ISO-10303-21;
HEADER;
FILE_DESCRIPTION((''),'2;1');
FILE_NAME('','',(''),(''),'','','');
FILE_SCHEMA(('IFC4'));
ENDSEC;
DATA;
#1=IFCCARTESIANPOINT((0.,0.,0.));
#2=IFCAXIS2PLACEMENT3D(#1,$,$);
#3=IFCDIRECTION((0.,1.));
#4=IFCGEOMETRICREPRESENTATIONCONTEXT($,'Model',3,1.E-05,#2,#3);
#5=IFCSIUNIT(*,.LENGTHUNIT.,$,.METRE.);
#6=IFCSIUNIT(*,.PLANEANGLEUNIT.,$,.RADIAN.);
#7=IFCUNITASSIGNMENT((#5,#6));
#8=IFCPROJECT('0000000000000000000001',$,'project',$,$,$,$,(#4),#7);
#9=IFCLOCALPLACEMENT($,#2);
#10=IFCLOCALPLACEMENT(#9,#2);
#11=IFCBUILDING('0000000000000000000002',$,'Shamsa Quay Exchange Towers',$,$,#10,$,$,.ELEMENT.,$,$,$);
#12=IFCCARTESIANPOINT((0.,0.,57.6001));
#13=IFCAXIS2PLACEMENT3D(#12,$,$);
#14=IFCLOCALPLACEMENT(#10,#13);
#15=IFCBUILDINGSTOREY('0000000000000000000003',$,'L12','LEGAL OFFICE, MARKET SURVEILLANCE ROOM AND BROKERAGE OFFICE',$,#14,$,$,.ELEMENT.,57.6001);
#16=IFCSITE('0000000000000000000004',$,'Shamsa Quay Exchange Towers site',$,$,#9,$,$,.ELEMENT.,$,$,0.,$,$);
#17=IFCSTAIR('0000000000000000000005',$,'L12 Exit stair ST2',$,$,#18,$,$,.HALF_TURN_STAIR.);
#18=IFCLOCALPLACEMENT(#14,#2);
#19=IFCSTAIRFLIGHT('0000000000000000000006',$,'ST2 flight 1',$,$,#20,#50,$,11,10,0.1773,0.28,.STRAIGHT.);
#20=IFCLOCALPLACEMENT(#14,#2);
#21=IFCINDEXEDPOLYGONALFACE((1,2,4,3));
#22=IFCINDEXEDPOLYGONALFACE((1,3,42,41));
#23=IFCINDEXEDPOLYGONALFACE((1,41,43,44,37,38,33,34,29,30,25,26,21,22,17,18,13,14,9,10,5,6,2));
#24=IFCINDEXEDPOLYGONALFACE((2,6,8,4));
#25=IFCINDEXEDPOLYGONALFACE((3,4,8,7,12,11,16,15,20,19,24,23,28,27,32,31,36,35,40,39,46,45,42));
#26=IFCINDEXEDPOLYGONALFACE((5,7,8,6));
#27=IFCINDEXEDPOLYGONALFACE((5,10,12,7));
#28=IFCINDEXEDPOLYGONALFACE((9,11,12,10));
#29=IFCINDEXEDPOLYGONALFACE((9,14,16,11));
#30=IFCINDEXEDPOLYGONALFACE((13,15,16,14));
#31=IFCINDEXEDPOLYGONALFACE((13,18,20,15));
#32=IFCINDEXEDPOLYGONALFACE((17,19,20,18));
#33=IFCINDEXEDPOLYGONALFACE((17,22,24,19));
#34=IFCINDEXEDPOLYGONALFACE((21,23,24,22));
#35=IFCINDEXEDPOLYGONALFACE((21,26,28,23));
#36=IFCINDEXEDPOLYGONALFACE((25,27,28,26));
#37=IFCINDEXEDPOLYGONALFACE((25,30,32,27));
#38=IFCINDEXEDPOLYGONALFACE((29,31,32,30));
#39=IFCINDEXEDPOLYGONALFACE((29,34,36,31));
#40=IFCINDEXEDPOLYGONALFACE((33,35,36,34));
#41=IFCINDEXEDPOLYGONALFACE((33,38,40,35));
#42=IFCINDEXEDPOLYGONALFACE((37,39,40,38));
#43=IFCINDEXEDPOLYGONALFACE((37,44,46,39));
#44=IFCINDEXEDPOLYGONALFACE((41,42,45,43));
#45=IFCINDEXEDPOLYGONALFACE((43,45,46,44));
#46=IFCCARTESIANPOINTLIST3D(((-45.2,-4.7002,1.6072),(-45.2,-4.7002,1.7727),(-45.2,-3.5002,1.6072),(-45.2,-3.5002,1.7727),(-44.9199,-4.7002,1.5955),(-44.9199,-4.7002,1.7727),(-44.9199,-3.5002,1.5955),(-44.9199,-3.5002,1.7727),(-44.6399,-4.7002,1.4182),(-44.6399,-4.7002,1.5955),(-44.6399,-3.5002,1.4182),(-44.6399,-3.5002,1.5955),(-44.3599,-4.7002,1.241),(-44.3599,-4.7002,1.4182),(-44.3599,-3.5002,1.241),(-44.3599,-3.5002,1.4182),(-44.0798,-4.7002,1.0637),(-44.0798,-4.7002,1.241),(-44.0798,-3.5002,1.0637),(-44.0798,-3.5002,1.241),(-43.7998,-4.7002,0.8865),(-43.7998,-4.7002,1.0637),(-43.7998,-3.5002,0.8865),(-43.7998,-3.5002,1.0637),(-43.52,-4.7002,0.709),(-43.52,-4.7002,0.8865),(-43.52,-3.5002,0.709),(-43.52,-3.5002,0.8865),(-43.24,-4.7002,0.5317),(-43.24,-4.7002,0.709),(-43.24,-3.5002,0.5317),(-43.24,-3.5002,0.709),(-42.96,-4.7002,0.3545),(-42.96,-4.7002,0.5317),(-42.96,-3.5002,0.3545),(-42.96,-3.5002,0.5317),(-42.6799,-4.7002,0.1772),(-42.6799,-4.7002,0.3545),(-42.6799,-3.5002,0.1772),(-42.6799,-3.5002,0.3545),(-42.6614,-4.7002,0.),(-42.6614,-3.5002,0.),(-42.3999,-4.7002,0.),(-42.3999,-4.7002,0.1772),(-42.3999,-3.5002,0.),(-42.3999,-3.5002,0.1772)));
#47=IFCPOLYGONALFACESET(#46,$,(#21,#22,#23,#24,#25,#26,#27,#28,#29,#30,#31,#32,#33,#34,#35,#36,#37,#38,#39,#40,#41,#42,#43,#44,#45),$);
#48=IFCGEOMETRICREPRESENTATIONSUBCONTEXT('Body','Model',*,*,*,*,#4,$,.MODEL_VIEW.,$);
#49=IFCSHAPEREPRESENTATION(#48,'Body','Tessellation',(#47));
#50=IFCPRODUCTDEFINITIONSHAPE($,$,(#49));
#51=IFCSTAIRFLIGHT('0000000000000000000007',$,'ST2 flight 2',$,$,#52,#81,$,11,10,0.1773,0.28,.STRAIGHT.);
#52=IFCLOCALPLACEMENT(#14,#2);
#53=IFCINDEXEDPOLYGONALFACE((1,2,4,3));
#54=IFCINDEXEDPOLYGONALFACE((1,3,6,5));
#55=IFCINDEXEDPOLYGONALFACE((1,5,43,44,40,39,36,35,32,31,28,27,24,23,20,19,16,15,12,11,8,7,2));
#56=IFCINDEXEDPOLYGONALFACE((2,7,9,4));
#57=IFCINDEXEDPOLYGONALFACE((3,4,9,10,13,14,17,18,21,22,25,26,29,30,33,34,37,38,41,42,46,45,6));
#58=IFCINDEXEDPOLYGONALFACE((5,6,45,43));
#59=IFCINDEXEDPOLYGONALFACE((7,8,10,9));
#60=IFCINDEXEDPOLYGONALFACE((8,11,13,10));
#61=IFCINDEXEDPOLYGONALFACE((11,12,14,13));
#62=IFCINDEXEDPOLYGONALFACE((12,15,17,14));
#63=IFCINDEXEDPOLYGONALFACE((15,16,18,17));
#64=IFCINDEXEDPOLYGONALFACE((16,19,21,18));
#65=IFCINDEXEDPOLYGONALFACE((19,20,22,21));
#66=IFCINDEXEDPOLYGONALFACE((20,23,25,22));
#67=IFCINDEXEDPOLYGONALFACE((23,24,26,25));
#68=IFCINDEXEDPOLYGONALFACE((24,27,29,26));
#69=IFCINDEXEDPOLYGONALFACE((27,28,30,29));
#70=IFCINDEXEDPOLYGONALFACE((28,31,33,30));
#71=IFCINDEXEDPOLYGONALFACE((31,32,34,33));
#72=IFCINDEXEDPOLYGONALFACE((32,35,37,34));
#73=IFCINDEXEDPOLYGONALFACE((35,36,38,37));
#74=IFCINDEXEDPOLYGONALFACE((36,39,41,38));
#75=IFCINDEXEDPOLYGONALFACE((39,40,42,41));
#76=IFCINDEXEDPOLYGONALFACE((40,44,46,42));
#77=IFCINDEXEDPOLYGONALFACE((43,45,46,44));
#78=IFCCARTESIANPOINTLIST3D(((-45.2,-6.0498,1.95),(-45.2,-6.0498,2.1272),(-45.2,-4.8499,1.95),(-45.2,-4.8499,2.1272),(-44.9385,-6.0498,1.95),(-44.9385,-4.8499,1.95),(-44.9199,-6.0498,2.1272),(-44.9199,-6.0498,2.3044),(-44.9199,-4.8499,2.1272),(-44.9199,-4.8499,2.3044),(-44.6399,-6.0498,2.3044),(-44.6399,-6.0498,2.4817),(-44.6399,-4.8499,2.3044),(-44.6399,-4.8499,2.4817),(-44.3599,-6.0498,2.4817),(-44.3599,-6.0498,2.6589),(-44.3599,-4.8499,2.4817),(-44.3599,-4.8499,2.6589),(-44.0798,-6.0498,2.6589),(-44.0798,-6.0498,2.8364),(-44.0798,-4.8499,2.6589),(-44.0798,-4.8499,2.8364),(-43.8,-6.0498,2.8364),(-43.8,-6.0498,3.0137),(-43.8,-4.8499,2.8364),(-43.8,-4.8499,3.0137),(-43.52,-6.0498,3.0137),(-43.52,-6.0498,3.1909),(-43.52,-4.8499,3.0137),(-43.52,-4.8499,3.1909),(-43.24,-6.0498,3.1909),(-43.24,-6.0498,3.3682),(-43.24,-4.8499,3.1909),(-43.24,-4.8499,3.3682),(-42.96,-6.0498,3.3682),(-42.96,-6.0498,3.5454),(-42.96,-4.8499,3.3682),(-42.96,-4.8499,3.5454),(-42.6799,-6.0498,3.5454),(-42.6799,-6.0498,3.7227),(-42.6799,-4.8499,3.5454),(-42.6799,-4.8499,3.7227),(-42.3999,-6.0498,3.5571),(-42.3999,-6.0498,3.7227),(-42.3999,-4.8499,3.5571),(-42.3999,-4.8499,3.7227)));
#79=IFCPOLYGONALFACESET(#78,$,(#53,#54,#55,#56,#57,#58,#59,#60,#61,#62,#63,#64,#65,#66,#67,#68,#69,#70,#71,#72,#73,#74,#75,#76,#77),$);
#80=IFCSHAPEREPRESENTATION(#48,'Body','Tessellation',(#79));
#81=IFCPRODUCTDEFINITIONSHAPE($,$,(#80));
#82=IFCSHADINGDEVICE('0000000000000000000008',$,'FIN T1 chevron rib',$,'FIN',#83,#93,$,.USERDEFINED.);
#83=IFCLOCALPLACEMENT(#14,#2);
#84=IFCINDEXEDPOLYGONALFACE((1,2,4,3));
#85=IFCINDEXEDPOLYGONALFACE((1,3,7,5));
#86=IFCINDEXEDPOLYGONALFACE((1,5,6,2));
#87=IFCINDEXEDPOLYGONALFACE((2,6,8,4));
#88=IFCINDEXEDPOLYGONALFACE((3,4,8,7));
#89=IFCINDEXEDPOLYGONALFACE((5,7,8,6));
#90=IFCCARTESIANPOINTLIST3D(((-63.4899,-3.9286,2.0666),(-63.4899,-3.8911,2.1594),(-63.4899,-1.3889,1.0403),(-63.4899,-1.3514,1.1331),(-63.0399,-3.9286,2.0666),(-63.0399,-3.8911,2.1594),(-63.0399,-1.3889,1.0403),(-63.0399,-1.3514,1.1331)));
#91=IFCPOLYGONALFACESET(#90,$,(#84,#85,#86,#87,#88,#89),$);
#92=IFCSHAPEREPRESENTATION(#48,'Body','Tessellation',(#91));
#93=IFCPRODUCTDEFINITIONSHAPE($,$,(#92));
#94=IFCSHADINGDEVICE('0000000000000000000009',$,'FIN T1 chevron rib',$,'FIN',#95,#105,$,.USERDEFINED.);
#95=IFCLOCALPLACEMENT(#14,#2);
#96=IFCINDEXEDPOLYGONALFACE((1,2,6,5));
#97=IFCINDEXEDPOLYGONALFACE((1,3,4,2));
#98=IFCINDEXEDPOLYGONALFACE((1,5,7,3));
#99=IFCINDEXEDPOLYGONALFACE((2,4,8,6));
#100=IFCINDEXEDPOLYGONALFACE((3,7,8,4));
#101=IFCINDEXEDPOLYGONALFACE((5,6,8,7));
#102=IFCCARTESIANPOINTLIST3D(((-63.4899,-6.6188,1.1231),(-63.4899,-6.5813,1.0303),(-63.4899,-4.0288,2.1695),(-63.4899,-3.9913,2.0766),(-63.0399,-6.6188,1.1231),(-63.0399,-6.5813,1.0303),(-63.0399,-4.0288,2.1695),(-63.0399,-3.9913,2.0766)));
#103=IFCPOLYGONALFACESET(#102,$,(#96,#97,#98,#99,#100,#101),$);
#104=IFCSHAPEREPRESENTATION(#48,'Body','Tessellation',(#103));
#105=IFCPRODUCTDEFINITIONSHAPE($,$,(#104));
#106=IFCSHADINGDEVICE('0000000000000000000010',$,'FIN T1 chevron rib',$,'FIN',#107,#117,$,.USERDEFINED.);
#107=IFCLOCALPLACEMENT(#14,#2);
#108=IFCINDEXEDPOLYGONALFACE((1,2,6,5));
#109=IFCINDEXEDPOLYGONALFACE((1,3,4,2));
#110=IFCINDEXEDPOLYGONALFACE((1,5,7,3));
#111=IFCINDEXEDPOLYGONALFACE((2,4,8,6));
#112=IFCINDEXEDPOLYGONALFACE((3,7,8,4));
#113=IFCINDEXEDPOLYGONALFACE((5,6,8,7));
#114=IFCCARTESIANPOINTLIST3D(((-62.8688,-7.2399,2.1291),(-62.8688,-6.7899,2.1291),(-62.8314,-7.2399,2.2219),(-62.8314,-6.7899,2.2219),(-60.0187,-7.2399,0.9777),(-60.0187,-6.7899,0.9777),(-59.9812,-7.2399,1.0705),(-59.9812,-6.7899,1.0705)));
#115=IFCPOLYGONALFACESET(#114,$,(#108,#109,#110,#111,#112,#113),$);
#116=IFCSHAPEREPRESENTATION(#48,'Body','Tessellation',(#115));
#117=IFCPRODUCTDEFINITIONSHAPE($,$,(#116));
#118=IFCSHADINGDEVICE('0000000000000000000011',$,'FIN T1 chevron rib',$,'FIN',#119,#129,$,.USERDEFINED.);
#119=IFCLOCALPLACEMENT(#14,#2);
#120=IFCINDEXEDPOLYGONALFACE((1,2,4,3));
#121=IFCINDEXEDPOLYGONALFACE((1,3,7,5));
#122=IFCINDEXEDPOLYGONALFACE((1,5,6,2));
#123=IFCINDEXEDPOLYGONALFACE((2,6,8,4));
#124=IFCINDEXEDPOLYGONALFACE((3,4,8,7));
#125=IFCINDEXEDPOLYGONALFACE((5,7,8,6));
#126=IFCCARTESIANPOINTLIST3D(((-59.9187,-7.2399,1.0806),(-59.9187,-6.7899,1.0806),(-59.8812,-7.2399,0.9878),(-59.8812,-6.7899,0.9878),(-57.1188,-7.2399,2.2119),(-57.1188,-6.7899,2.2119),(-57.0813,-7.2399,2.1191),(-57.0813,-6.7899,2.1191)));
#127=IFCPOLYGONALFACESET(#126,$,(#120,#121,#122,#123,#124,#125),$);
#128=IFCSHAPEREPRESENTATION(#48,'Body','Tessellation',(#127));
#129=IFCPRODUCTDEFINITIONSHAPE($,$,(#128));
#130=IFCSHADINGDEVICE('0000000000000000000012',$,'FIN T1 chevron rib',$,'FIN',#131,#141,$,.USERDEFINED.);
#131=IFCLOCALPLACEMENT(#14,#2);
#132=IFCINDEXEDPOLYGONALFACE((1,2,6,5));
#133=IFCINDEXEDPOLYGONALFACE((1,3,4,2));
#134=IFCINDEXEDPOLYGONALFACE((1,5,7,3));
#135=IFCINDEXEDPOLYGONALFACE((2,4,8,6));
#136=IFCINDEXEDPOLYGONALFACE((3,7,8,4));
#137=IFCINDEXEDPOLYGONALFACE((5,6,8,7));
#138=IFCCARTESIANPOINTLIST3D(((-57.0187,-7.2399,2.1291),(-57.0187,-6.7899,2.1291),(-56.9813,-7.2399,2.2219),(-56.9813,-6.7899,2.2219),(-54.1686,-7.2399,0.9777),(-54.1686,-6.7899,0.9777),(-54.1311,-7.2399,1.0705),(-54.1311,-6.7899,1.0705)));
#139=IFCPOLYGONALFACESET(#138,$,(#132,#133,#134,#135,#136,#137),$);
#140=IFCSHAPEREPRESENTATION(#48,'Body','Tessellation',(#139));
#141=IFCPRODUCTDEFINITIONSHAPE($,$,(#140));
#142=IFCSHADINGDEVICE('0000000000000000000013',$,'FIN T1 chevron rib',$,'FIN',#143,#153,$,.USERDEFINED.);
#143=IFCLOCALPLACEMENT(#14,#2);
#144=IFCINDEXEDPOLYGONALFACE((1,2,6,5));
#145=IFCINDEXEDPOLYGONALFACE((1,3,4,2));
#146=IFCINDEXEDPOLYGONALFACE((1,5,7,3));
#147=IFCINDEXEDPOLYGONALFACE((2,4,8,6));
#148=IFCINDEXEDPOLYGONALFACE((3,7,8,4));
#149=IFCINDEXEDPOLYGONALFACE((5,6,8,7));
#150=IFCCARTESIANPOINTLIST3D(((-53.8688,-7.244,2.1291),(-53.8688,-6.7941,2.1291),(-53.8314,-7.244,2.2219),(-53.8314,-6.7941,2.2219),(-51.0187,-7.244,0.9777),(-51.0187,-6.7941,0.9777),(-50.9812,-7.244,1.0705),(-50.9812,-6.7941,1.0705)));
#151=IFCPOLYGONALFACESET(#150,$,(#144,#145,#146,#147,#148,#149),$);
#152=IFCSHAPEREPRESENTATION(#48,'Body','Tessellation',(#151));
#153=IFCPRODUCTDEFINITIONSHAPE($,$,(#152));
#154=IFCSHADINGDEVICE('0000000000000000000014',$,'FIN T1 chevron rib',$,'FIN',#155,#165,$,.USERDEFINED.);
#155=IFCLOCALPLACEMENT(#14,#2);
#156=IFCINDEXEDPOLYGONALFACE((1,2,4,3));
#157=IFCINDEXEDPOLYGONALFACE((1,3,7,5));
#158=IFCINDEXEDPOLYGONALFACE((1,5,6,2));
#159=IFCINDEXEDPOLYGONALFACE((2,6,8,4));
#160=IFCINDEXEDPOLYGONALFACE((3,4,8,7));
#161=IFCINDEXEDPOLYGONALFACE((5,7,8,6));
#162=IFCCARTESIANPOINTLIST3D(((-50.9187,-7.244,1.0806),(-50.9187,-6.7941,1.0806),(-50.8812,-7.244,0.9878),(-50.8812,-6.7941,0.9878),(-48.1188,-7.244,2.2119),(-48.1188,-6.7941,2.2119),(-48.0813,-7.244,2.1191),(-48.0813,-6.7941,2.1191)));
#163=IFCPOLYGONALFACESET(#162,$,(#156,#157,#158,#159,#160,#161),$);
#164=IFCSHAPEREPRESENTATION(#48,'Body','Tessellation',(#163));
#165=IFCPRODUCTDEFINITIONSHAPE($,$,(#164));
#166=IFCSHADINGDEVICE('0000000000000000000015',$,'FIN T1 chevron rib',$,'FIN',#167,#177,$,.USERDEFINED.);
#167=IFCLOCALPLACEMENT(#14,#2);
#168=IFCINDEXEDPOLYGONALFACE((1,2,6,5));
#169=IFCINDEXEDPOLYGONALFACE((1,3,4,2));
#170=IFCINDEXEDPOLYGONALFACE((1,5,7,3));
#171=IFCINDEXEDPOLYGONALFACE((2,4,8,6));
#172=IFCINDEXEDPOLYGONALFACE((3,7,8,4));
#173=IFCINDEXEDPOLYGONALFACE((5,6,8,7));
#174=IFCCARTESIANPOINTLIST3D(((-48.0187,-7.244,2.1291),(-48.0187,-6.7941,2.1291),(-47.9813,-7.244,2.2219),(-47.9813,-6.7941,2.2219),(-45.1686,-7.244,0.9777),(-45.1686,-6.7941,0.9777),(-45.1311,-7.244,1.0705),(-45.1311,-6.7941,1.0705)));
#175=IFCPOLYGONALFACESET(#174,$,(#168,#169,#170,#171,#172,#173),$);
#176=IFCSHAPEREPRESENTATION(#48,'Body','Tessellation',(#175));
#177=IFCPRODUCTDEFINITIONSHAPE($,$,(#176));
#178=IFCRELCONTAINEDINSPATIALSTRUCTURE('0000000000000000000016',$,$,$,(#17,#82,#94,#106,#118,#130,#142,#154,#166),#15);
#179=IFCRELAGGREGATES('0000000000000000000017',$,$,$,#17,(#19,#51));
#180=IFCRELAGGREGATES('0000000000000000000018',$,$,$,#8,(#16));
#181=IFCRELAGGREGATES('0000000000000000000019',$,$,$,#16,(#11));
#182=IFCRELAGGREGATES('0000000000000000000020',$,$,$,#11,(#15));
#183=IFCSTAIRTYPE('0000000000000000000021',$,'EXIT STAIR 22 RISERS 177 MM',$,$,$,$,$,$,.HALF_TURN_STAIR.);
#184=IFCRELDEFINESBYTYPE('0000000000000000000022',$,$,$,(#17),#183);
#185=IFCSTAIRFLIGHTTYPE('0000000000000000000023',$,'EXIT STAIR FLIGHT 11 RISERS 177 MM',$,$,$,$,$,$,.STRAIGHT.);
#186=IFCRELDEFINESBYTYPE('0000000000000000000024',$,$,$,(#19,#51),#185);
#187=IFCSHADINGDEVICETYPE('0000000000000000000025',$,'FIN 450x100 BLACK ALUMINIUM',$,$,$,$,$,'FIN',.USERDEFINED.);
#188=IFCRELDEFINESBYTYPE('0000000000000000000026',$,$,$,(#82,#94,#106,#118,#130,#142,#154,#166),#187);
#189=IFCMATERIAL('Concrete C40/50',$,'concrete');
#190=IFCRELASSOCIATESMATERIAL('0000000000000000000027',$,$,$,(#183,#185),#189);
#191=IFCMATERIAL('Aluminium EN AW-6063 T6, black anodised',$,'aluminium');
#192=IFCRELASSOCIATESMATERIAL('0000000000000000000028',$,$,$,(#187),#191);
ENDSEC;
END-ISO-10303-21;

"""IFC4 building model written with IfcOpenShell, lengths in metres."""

from ifc_helpers import new_model, si_unit, direction, frame, origin, origin_2d, place, context, subcontext, project, spatial, polyline, rectangle, outline, extrude, material, material_profile, profile_set, type_object, element, aggregate, save


model = new_model("IFC4")

# Units and contexts
model_context = context("Model", 3, precision=1e-05, world=origin(), true_north=direction((0.0, 1.0)))
body_context = subcontext(model_context, "Body", "Model", "MODEL_VIEW")
ifc_project = project(units=[si_unit("LENGTHUNIT", "METRE"), si_unit("PLANEANGLEUNIT", "RADIAN")], contexts=[model_context])

# Site, building, storey
site_placement = place(None, origin())
site = spatial("IfcSite", under=ifc_project, at=site_placement, Name="Shamsa Quay Exchange Towers site", CompositionType="ELEMENT", RefElevation=0.0)
building_placement = place(site_placement, origin())
building = spatial("IfcBuilding", under=site, at=building_placement, Name="Shamsa Quay Exchange Towers", CompositionType="ELEMENT")
storey_placement = place(building_placement, frame((0.0, 0.0, 57.6001)))
storey = spatial("IfcBuildingStorey", under=building, at=storey_placement, Name="L12", Description="LEGAL OFFICE, MARKET SURVEILLANCE ROOM AND BROKERAGE OFFICE", CompositionType="ELEMENT", Elevation=57.6001)

# Shared definitions
ifc_material_1 = material(Name="Aluminium EN AW-6063 T6, black anodised", Category="aluminium")

# Stair, stair flights
ifc_material_2 = material(Name="Concrete C40/50", Category="concrete")
stair_type = type_object("IfcStairType", Name="EXIT STAIR 22 RISERS 177 MM", PredefinedType="HALF_TURN_STAIR", material=ifc_material_2)
stair_placement = place(storey_placement, origin())
stair = element("IfcStair", 1, at=stair_placement, inside=storey, type_object=stair_type, Name="L12 Exit stair ST2", PredefinedType="HALF_TURN_STAIR")
stair_flight_type = type_object("IfcStairFlightType", Name="EXIT STAIR FLIGHT 11 RISERS 177 MM", PredefinedType="STRAIGHT", material=ifc_material_2)
stair_flight_1_placement = place(storey_placement, frame((-42.3999, -4.1001, 0.0), z_axis=(0.0, 0.0, 1.0), x_axis=(-1.0, 0.0, 0.0)))
stair_flight_1 = element("IfcStairFlight", 2, at=stair_flight_1_placement, type_object=stair_flight_type, Name="ST2 flight 1", NumberOfRisers=11, NumberOfTreads=10, PredefinedType="STRAIGHT", RiserHeight=0.1773, TreadLength=0.28, context=body_context, shape_type="SweptSolid", body=[
    extrude(outline(polyline([(0.0, 0.0), (0.0, 0.1772), (0.28, 0.1772), (0.28, 0.3545), (0.5601, 0.3545), (0.5601, 0.5317), (0.8401, 0.5317), (0.8401, 0.709), (1.1201, 0.709), (1.1201, 0.8865), (1.3999, 0.8865), (1.3999, 1.0637), (1.6799, 1.0637), (1.6799, 1.241), (1.96, 1.241), (1.96, 1.4182), (2.24, 1.4182), (2.24, 1.5955), (2.52, 1.5955), (2.52, 1.7727), (2.8, 1.7727), (2.8, 1.95), (2.8, 1.6072), (0.2615, 0.0), (0.0, 0.0)])), frame((0.0, 0.6001, 0.0), z_axis=(0.0, -1.0, 0.0), x_axis=(1.0, 0.0, 0.0)), (0.0, 0.0, 1.0), 1.2),
])
stair_flight_2_placement = place(storey_placement, frame((-45.2, -5.45, 1.95)))
stair_flight_2 = element("IfcStairFlight", 3, at=stair_flight_2_placement, type_object=stair_flight_type, Name="ST2 flight 2", NumberOfRisers=11, NumberOfTreads=10, PredefinedType="STRAIGHT", RiserHeight=0.1773, TreadLength=0.28, context=body_context, shape_type="SweptSolid", body=[
    extrude(outline(polyline([(0.0, 0.0), (0.0, 0.1772), (0.28, 0.1772), (0.28, 0.3545), (0.5601, 0.3545), (0.5601, 0.5317), (0.8401, 0.5317), (0.8401, 0.709), (1.1201, 0.709), (1.1201, 0.8865), (1.3999, 0.8865), (1.3999, 1.0637), (1.6799, 1.0637), (1.6799, 1.241), (1.96, 1.241), (1.96, 1.4182), (2.24, 1.4182), (2.24, 1.5955), (2.52, 1.5955), (2.52, 1.7727), (2.8, 1.7727), (2.8, 1.95), (2.8, 1.6072), (0.2615, 0.0), (0.0, 0.0)])), frame((0.0, 0.6001, 0.0), z_axis=(0.0, -1.0, 0.0), x_axis=(1.0, 0.0, 0.0)), (0.0, 0.0, 1.0), 1.2),
])
aggregate(stair, [stair_flight_1, stair_flight_2])

# Shading devices
ifc_material_profile_1 = material_profile(ifc_material_1, rectangle(XDim=0.45, YDim=0.1001, at=origin_2d()), Name="FIN450x100")
ifc_profile_set_1 = profile_set([ifc_material_profile_1], Name="Aluminium EN AW-6063 T6, black anodised")
shading_device_type = type_object("IfcShadingDeviceType", Name="FIN 450x100 BLACK ALUMINIUM", ElementType="FIN", PredefinedType="USERDEFINED", material=ifc_profile_set_1)
shading_device_1_placement = place(storey_placement, frame((-63.2649, -1.3701, 1.0867), z_axis=(0.0, -0.927156, 0.374677), x_axis=(1.0, 0.0, 0.0)))
element("IfcShadingDevice", 4, at=shading_device_1_placement, inside=storey, type_object=shading_device_type, Name="FIN T1 chevron rib", ObjectType="FIN", PredefinedType="USERDEFINED", context=body_context, shape_type="SweptSolid", body=[
    extrude(rectangle(XDim=0.45, YDim=0.1001, at=origin_2d()), origin(), (0.0, 0.0, 1.0), 2.7393),
])
shading_device_2_placement = place(storey_placement, frame((-63.2649, -4.01, 2.123), z_axis=(0.0, -0.927193, -0.374583), x_axis=(1.0, 0.0, 0.0)))
element("IfcShadingDevice", 5, at=shading_device_2_placement, inside=storey, type_object=shading_device_type, Name="FIN T1 chevron rib", ObjectType="FIN", PredefinedType="USERDEFINED", context=body_context, shape_type="SweptSolid", body=[
    extrude(rectangle(XDim=0.45, YDim=0.1001, at=origin_2d()), origin(), (0.0, 0.0, 1.0), 2.7935),
])
shading_device_3_placement = place(storey_placement, frame((-62.8501, -7.0149, 2.1755), z_axis=(0.9272, 0.0, -0.374565), x_axis=(0.0, 1.0, 0.0)))
element("IfcShadingDevice", 6, at=shading_device_3_placement, inside=storey, type_object=shading_device_type, Name="FIN T1 chevron rib", ObjectType="FIN", PredefinedType="USERDEFINED", context=body_context, shape_type="SweptSolid", body=[
    extrude(rectangle(XDim=0.45, YDim=0.1001, at=origin_2d()), origin(), (0.0, 0.0, 1.0), 3.074),
])
shading_device_4_placement = place(storey_placement, frame((-59.8999, -7.0149, 1.0342), z_axis=(0.927166, 0.0, 0.37465), x_axis=(0.0, 1.0, 0.0)))
element("IfcShadingDevice", 7, at=shading_device_4_placement, inside=storey, type_object=shading_device_type, Name="FIN T1 chevron rib", ObjectType="FIN", PredefinedType="USERDEFINED", context=body_context, shape_type="SweptSolid", body=[
    extrude(rectangle(XDim=0.45, YDim=0.1001, at=origin_2d()), origin(), (0.0, 0.0, 1.0), 3.0198),
])
for number, where, z_axis, x_axis, name in (
    (8, (-57.0, -7.0149, 2.1755), (0.9272, 0.0, -0.374565), (0.0, 1.0, 0.0), "FIN T1 chevron rib"),
    (9, (-53.8501, -7.019, 2.1755), (0.9272, 0.0, -0.374565), (0.0, 1.0, 0.0), "FIN T1 chevron rib"),
):
    element("IfcShadingDevice", number, at=place(storey_placement, frame(where, z_axis=z_axis, x_axis=x_axis)), inside=storey, type_object=shading_device_type, Name=name, ObjectType="FIN", PredefinedType="USERDEFINED", context=body_context, shape_type="SweptSolid", body=[
        extrude(rectangle(XDim=0.45, YDim=0.1001, at=origin_2d()), origin(), (0.0, 0.0, 1.0), 3.074),
    ])
shading_device_5_placement = place(storey_placement, frame((-50.8999, -7.019, 1.0342), z_axis=(0.927166, 0.0, 0.37465), x_axis=(0.0, 1.0, 0.0)))
element("IfcShadingDevice", 10, at=shading_device_5_placement, inside=storey, type_object=shading_device_type, Name="FIN T1 chevron rib", ObjectType="FIN", PredefinedType="USERDEFINED", context=body_context, shape_type="SweptSolid", body=[
    extrude(rectangle(XDim=0.45, YDim=0.1001, at=origin_2d()), origin(), (0.0, 0.0, 1.0), 3.0198),
])
shading_device_6_placement = place(storey_placement, frame((-48.0, -7.019, 2.1755), z_axis=(0.9272, 0.0, -0.374565), x_axis=(0.0, 1.0, 0.0)))
element("IfcShadingDevice", 11, at=shading_device_6_placement, inside=storey, type_object=shading_device_type, Name="FIN T1 chevron rib", ObjectType="FIN", PredefinedType="USERDEFINED", context=body_context, shape_type="SweptSolid", body=[
    extrude(rectangle(XDim=0.45, YDim=0.1001, at=origin_2d()), origin(), (0.0, 0.0, 1.0), 3.074),
])

save(model, "model.ifc")
